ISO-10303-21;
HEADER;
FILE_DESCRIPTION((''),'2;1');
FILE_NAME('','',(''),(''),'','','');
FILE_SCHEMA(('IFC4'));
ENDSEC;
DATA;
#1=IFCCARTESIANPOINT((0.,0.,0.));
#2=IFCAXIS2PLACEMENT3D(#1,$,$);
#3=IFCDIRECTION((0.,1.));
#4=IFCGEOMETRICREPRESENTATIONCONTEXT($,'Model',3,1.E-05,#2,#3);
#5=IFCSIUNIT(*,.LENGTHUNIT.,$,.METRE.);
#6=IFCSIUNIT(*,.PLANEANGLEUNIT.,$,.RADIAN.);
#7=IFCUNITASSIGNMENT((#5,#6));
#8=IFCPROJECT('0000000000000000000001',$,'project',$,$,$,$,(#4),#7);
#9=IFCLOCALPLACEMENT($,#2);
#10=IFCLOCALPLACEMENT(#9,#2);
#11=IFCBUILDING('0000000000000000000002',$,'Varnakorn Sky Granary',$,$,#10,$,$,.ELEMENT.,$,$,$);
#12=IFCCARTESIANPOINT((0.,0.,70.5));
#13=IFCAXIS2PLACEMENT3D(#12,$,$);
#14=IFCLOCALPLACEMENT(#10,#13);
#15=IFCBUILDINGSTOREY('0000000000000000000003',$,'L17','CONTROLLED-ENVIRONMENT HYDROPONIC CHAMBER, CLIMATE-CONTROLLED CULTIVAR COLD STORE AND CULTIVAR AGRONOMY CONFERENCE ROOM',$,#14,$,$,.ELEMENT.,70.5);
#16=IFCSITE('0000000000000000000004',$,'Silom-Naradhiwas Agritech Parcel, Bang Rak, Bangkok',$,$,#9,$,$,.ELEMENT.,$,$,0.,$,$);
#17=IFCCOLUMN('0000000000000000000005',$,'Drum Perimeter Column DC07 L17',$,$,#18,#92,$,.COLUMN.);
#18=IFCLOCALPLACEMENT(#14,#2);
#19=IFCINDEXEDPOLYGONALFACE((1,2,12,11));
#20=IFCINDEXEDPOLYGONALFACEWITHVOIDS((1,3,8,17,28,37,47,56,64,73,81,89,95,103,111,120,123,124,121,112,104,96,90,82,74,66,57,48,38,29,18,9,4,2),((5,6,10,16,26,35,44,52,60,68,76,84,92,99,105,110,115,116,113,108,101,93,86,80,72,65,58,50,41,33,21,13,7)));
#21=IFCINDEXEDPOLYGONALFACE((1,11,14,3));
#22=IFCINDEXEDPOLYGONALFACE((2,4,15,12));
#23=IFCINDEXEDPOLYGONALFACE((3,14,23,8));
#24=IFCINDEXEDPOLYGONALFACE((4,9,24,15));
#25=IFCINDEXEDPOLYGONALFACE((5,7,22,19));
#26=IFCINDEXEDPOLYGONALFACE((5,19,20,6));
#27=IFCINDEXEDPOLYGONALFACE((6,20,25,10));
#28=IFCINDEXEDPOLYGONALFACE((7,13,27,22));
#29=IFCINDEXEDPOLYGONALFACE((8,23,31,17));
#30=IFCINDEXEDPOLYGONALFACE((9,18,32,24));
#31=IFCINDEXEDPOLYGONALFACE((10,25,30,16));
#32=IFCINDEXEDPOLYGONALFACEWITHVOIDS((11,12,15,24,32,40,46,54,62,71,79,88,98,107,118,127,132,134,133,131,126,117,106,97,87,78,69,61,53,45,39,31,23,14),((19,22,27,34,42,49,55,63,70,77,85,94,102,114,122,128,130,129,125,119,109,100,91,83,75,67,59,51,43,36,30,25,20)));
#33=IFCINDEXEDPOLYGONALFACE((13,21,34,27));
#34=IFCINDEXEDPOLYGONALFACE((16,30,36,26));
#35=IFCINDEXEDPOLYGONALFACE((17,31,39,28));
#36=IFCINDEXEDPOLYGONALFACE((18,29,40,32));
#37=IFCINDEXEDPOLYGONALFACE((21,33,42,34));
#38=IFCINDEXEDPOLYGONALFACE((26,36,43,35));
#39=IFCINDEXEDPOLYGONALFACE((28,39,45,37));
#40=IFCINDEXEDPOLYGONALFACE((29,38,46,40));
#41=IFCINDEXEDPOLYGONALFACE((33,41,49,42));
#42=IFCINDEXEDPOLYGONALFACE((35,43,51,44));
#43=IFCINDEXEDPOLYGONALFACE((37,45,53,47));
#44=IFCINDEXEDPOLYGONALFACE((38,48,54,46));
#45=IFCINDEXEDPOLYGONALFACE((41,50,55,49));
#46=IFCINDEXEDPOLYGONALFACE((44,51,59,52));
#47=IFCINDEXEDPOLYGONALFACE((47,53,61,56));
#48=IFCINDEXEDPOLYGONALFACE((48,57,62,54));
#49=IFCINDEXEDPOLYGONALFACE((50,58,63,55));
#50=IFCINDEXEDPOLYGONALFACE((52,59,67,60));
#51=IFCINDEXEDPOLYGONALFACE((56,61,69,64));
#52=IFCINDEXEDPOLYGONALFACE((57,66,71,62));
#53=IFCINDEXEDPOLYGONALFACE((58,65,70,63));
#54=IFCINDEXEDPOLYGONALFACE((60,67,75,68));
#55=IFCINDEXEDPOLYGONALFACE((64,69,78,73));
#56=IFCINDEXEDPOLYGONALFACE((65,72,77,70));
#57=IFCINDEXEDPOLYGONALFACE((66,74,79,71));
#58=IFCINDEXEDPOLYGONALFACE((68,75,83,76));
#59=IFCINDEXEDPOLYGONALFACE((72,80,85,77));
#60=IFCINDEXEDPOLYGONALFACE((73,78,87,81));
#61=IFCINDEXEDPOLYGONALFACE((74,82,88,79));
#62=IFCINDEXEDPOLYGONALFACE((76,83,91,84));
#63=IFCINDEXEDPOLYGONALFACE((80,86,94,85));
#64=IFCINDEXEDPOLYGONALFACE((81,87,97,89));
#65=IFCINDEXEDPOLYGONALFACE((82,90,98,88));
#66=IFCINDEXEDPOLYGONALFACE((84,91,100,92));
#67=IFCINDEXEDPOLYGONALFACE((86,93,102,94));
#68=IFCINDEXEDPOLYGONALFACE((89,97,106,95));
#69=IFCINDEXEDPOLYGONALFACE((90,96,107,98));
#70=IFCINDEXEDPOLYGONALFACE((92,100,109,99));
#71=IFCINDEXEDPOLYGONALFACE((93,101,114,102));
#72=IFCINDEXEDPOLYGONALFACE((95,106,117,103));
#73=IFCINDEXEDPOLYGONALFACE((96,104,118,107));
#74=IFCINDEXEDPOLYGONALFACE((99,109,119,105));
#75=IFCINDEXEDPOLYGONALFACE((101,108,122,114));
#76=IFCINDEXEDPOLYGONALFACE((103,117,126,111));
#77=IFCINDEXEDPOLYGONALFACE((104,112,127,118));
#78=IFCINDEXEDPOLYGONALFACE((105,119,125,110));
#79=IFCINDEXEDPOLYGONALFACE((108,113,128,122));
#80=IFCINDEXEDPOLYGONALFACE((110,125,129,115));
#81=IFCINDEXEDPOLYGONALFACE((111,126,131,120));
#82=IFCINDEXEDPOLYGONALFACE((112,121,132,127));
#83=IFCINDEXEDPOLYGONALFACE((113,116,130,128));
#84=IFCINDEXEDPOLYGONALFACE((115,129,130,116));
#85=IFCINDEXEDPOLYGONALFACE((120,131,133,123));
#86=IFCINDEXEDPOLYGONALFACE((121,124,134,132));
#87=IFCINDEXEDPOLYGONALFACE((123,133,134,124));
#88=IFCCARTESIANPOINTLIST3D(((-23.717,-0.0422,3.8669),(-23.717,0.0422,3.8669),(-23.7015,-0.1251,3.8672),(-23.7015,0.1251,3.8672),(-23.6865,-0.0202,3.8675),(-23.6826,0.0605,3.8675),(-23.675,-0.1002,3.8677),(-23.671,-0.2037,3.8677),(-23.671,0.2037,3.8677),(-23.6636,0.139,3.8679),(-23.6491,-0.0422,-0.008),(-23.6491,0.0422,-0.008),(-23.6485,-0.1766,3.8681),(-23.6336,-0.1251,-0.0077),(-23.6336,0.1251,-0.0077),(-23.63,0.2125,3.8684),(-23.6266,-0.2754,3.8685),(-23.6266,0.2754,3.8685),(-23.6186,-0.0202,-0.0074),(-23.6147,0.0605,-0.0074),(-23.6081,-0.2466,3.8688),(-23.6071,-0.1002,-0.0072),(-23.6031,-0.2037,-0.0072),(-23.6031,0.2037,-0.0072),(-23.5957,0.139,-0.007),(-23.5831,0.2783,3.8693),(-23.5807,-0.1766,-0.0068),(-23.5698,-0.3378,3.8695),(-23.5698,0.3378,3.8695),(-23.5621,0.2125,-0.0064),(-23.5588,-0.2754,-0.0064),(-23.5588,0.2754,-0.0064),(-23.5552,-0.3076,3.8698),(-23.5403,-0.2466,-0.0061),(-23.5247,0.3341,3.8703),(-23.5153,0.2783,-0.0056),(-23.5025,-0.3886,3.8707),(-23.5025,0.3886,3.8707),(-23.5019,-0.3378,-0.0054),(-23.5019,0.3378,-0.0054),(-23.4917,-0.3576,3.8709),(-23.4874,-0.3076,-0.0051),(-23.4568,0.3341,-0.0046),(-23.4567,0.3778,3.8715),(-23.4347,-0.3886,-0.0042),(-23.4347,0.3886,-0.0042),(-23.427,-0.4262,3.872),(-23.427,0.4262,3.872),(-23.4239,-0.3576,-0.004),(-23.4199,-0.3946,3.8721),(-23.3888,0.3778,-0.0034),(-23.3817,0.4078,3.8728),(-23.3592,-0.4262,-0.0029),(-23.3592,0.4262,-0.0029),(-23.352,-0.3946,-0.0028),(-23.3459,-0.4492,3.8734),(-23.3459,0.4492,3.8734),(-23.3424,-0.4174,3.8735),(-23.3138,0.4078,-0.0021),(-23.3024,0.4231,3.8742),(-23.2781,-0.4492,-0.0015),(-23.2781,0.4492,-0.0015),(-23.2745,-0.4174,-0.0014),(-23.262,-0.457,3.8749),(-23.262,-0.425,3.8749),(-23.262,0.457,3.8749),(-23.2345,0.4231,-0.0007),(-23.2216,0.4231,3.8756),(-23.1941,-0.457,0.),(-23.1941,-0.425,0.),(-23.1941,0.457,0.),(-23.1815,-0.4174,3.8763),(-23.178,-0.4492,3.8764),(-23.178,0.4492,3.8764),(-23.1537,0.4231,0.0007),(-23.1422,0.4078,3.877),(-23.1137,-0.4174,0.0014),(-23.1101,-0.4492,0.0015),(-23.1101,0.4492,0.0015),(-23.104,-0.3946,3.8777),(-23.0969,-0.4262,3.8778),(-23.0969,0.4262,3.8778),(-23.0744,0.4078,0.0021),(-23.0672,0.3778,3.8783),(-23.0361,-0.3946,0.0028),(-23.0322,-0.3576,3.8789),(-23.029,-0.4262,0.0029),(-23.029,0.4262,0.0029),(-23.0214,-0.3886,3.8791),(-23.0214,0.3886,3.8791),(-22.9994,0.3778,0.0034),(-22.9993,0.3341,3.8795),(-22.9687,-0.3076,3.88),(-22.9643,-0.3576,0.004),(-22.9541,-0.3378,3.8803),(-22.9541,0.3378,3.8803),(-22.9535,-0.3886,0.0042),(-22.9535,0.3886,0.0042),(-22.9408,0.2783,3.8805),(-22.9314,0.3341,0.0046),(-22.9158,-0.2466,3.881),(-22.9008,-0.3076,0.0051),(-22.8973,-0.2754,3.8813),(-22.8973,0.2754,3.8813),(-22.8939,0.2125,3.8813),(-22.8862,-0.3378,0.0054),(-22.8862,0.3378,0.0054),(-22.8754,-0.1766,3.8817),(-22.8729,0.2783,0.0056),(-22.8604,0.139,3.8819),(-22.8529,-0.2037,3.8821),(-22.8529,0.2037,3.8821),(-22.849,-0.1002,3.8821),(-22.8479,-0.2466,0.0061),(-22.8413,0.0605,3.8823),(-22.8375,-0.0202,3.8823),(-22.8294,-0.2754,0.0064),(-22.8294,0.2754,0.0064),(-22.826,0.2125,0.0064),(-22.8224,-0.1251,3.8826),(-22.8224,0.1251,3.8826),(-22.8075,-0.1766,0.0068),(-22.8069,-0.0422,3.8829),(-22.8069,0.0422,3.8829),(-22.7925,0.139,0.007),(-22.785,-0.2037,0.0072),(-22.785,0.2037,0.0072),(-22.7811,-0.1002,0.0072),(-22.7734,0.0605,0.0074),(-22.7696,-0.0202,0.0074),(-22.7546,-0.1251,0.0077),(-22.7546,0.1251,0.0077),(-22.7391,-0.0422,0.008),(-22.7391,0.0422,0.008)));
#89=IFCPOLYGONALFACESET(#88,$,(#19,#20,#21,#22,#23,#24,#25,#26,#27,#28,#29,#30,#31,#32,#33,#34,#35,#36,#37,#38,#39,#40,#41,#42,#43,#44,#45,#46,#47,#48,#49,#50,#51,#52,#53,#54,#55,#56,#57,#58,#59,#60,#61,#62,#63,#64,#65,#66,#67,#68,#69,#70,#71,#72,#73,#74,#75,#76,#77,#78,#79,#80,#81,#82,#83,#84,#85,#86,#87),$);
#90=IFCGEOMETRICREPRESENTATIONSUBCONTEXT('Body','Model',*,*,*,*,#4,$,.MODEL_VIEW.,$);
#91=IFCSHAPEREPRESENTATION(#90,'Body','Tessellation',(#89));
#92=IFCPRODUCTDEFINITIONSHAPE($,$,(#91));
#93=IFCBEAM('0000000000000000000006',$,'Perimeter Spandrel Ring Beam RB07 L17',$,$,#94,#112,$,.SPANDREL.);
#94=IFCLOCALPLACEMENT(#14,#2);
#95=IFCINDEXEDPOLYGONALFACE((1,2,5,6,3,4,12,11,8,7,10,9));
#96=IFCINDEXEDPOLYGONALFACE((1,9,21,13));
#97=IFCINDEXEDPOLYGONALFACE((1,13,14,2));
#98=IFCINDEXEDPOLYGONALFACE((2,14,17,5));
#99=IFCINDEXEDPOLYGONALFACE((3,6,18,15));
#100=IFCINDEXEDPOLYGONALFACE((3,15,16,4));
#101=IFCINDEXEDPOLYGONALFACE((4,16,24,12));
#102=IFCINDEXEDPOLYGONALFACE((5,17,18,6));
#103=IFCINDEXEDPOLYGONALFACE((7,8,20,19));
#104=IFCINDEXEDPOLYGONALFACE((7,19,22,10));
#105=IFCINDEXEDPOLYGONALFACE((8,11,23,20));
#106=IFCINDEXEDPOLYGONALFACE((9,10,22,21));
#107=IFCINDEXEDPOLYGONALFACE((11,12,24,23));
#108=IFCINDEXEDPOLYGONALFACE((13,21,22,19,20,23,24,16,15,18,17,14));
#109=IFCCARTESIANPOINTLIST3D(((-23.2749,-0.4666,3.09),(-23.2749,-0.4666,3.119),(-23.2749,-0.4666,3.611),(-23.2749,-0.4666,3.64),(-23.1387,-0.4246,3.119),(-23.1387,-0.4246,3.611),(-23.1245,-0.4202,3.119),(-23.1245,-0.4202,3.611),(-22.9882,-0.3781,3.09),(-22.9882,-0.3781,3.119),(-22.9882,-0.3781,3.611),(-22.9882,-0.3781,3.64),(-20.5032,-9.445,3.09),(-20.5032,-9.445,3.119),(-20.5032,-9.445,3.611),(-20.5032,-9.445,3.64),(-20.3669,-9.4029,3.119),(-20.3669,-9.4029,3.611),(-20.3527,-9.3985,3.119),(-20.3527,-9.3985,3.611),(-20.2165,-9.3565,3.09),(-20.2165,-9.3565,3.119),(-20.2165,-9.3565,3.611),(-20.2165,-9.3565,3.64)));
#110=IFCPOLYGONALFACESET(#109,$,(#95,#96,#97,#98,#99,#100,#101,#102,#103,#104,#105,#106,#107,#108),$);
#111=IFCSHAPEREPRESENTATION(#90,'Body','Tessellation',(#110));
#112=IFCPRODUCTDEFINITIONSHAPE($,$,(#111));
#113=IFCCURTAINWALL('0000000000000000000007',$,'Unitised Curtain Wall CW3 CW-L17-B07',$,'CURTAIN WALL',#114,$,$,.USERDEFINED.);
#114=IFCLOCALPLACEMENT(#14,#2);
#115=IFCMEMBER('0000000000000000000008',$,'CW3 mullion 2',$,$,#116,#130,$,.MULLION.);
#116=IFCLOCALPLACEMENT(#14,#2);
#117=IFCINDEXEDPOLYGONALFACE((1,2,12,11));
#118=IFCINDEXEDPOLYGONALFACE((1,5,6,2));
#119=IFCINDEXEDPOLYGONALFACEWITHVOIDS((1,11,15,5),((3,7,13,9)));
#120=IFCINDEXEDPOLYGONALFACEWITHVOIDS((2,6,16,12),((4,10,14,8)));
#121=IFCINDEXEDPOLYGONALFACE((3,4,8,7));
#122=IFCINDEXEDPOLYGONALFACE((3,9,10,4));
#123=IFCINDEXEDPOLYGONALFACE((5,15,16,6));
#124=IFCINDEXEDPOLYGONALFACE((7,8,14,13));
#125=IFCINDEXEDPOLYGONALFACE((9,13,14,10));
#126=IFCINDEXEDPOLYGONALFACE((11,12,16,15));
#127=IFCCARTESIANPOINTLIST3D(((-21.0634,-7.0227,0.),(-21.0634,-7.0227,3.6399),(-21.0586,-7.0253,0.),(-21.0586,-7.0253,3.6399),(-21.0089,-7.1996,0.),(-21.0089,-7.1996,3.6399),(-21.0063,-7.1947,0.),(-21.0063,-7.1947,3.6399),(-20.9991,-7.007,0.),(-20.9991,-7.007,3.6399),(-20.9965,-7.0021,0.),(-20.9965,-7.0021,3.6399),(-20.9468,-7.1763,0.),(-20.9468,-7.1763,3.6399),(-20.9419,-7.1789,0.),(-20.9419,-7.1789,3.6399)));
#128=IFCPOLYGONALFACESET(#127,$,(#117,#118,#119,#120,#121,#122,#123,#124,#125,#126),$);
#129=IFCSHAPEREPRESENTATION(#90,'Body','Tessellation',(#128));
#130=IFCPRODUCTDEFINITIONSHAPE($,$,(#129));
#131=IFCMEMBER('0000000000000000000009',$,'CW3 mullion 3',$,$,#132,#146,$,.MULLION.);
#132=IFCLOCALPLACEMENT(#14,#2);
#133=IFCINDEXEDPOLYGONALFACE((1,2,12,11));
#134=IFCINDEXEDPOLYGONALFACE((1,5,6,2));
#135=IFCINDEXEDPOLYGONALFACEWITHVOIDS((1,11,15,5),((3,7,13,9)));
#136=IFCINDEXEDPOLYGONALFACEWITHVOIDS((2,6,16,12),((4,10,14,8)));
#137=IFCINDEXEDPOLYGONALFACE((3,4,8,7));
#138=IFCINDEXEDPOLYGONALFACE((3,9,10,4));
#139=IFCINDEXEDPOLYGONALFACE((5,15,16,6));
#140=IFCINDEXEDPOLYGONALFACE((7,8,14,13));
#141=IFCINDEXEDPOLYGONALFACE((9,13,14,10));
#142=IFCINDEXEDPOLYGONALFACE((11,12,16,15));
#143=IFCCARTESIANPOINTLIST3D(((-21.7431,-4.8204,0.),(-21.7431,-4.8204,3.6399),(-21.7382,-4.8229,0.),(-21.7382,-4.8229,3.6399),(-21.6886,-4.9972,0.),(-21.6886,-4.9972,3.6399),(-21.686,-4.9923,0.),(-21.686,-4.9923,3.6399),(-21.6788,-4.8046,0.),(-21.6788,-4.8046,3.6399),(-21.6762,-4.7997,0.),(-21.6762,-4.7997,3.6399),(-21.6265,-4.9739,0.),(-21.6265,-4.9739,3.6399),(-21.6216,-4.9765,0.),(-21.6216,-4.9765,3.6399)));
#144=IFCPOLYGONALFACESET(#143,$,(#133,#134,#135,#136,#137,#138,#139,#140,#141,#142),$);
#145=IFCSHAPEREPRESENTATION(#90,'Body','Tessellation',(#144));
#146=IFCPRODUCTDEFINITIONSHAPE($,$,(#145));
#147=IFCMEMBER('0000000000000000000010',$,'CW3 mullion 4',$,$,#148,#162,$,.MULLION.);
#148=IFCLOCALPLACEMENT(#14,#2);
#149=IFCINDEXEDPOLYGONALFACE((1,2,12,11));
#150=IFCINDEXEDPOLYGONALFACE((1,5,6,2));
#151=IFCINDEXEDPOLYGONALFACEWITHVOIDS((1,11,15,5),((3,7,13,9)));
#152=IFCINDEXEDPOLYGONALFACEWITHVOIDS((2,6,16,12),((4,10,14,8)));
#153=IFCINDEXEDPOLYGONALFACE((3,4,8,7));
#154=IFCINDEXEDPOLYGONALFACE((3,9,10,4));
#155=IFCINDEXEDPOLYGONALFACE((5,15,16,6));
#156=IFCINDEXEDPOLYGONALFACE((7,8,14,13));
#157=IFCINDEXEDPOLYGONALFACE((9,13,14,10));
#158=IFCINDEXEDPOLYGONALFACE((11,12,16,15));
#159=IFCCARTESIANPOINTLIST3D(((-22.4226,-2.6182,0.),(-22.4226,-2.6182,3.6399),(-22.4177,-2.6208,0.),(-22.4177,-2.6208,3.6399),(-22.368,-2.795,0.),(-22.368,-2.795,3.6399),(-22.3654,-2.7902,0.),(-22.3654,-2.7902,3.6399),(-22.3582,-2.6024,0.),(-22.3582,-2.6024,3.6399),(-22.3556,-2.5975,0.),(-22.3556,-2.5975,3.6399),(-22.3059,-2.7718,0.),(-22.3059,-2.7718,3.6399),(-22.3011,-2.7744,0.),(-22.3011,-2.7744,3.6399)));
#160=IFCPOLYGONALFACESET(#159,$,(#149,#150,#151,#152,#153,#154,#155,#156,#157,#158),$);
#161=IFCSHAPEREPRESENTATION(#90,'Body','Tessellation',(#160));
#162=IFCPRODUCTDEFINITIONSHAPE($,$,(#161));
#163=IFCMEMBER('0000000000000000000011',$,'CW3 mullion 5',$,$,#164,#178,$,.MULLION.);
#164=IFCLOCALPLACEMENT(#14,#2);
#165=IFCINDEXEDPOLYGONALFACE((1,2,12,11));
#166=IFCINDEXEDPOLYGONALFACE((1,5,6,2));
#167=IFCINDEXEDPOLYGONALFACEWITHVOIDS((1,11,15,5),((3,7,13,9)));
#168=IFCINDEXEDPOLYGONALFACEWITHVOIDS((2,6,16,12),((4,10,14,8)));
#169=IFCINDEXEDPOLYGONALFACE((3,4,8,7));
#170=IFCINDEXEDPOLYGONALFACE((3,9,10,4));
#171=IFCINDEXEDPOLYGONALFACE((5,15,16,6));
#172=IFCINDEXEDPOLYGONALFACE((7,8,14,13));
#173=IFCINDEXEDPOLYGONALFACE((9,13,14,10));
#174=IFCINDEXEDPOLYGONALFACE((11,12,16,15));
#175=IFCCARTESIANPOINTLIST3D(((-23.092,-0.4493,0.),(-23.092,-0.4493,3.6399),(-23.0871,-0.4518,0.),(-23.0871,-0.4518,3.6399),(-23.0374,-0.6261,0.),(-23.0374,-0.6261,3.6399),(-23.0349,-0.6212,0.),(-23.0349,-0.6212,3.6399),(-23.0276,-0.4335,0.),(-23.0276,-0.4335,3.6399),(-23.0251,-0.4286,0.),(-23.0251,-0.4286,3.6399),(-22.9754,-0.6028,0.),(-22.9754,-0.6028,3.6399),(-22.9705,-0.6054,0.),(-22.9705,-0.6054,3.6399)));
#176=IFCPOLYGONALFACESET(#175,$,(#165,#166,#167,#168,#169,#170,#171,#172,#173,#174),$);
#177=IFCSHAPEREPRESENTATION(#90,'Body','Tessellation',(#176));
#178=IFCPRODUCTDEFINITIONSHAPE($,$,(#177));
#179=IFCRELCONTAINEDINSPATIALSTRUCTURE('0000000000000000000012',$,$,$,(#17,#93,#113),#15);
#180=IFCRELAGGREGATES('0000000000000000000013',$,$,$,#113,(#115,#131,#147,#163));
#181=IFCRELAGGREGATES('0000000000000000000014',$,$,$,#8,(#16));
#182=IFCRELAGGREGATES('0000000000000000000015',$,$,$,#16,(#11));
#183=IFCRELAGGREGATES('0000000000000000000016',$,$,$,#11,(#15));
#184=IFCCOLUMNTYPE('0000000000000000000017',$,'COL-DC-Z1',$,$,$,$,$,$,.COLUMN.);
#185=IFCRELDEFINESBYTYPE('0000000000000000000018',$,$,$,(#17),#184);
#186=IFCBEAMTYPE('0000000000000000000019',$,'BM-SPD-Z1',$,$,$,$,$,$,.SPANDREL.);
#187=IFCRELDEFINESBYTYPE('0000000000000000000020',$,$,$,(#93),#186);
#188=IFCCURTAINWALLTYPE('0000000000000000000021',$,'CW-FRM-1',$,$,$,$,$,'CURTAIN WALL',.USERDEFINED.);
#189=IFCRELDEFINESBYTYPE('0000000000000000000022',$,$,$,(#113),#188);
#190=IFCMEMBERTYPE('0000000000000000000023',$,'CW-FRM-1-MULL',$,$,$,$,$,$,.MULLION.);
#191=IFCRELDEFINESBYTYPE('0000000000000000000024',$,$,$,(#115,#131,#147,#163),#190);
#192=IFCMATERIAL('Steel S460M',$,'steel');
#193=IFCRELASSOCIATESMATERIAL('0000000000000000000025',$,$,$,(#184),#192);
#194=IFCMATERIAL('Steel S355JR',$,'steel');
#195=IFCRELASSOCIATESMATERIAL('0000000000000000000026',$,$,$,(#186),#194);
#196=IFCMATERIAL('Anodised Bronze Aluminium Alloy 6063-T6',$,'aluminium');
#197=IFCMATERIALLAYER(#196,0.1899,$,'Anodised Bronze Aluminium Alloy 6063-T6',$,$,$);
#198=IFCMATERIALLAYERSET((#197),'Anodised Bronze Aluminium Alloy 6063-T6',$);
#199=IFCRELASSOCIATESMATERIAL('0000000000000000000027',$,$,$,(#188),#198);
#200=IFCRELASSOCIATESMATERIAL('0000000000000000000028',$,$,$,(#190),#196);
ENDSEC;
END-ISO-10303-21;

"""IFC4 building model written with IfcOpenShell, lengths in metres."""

from ifc_helpers import new_model, si_unit, direction, frame, origin, origin_2d, place, context, subcontext, project, spatial, hollow_rectangle, hollow_circle, i_section, extrude, material, layer, layer_set, material_profile, profile_set, type_object, element, aggregate, save


model = new_model("IFC4")

# Units and contexts
model_context = context("Model", 3, precision=1e-05, world=origin(), true_north=direction((0.0, 1.0)))
body_context = subcontext(model_context, "Body", "Model", "MODEL_VIEW")
ifc_project = project(units=[si_unit("LENGTHUNIT", "METRE"), si_unit("PLANEANGLEUNIT", "RADIAN")], contexts=[model_context])

# Site, building, storey
site_placement = place(None, origin())
site = spatial("IfcSite", under=ifc_project, at=site_placement, Name="Silom-Naradhiwas Agritech Parcel, Bang Rak, Bangkok", CompositionType="ELEMENT", RefElevation=0.0)
building_placement = place(site_placement, origin())
building = spatial("IfcBuilding", under=site, at=building_placement, Name="Varnakorn Sky Granary", CompositionType="ELEMENT")
storey_placement = place(building_placement, frame((0.0, 0.0, 70.5)))
storey = spatial("IfcBuildingStorey", under=building, at=storey_placement, Name="L17", Description="CONTROLLED-ENVIRONMENT HYDROPONIC CHAMBER, CLIMATE-CONTROLLED CULTIVAR COLD STORE AND CULTIVAR AGRONOMY CONFERENCE ROOM", CompositionType="ELEMENT", Elevation=70.5)

# Column
ifc_material_1 = material(Name="Steel S460M", Category="steel")
ifc_material_profile_1 = material_profile(ifc_material_1, hollow_circle(Radius=0.457, WallThickness=0.032, at=origin_2d()), Name="CHS 914x32")
ifc_profile_set_1 = profile_set([ifc_material_profile_1], Name="Steel S460M")
column_type = type_object("IfcColumnType", Name="COL-DC-Z1", PredefinedType="COLUMN", material=ifc_profile_set_1)
column_placement = place(storey_placement, frame((-23.1941, 0.0, 0.0), z_axis=(-0.017512, 0.0, 0.999847), x_axis=(0.0, -1.0, 0.0)))
element("IfcColumn", 1, at=column_placement, inside=storey, type_object=column_type, Name="Drum Perimeter Column DC07 L17", PredefinedType="COLUMN", context=body_context, shape_type="SweptSolid", body=[
    extrude(hollow_circle(Radius=0.457, WallThickness=0.032, at=origin_2d()), origin(), (0.0, 0.0, 1.0), 3.8755),
])

# Beam
ifc_material_2 = material(Name="Steel S355JR", Category="steel")
ifc_material_profile_2 = material_profile(ifc_material_2, i_section(OverallWidth=0.3, OverallDepth=0.55, WebThickness=0.0149, FlangeThickness=0.0291, at=origin_2d()), Name="HE 550 B")
ifc_profile_set_2 = profile_set([ifc_material_profile_2], Name="Steel S355JR")
beam_type = type_object("IfcBeamType", Name="BM-SPD-Z1", PredefinedType="SPANDREL", material=ifc_profile_set_2)
beam_placement = place(storey_placement, frame((-23.1316, -0.4224, 3.365), z_axis=(0.294979, -0.955504, 0.0), x_axis=(0.955504, 0.294979, 0.0)))
element("IfcBeam", 2, at=beam_placement, inside=storey, type_object=beam_type, Name="Perimeter Spandrel Ring Beam RB07 L17", PredefinedType="SPANDREL", context=body_context, shape_type="SweptSolid", body=[
    extrude(i_section(OverallWidth=0.3, OverallDepth=0.55, WebThickness=0.0149, FlangeThickness=0.0291, at=origin_2d()), origin(), (0.0, 0.0, 1.0), 9.3965),
])

# Curtain wall, members
ifc_material_3 = material(Name="Anodised Bronze Aluminium Alloy 6063-T6", Category="aluminium")
ifc_layer_1 = layer(ifc_material_3, 0.1899, Name="Anodised Bronze Aluminium Alloy 6063-T6")
ifc_layer_set_1 = layer_set([ifc_layer_1], Name="Anodised Bronze Aluminium Alloy 6063-T6")
curtain_wall_type = type_object("IfcCurtainWallType", Name="CW-FRM-1", ElementType="CURTAIN WALL", PredefinedType="USERDEFINED", material=ifc_layer_set_1)
curtain_wall_placement = place(storey_placement, origin())
curtain_wall = element("IfcCurtainWall", 3, at=curtain_wall_placement, inside=storey, type_object=curtain_wall_type, Name="Unitised Curtain Wall CW3 CW-L17-B07", ObjectType="CURTAIN WALL", PredefinedType="USERDEFINED")
ifc_material_profile_3 = material_profile(ifc_material_3, hollow_rectangle(XDim=0.0701, YDim=0.1851, WallThickness=0.0039, at=origin_2d()), Name="ALU MULL 70x185")
ifc_profile_set_3 = profile_set([ifc_material_profile_3], Name="Anodised Bronze Aluminium Alloy 6063-T6")
member_type_1 = type_object("IfcMemberType", Name="CW-FRM-1-MULL", PredefinedType="MULLION", material=ifc_profile_set_3)
member_1_placement = place(storey_placement, frame((-21.0027, -7.1008, 0.0), z_axis=(0.0, 0.0, 1.0), x_axis=(-0.955537, -0.294872, 0.0)))
member_1 = element("IfcMember", 4, at=member_1_placement, type_object=member_type_1, Name="CW3 mullion 2", PredefinedType="MULLION", context=body_context, shape_type="SweptSolid", body=[
    extrude(hollow_rectangle(XDim=0.0701, YDim=0.1851, WallThickness=0.0039, at=origin_2d()), origin(), (0.0, 0.0, 1.0), 3.6399),
])
member_2_placement = place(storey_placement, frame((-21.6824, -4.8984, 0.0), z_axis=(0.0, 0.0, 1.0), x_axis=(-0.955537, -0.294872, 0.0)))
member_2 = element("IfcMember", 5, at=member_2_placement, type_object=member_type_1, Name="CW3 mullion 3", PredefinedType="MULLION", context=body_context, shape_type="SweptSolid", body=[
    extrude(hollow_rectangle(XDim=0.0701, YDim=0.1851, WallThickness=0.0039, at=origin_2d()), origin(), (0.0, 0.0, 1.0), 3.6399),
])
member_3_placement = place(storey_placement, frame((-22.3618, -2.6963, 0.0), z_axis=(0.0, 0.0, 1.0), x_axis=(-0.955537, -0.294872, 0.0)))
member_3 = element("IfcMember", 6, at=member_3_placement, type_object=member_type_1, Name="CW3 mullion 4", PredefinedType="MULLION", context=body_context, shape_type="SweptSolid", body=[
    extrude(hollow_rectangle(XDim=0.0701, YDim=0.1851, WallThickness=0.0039, at=origin_2d()), origin(), (0.0, 0.0, 1.0), 3.6399),
])
member_4_placement = place(storey_placement, frame((-23.0312, -0.5273, 0.0), z_axis=(0.0, 0.0, 1.0), x_axis=(-0.955537, -0.294872, 0.0)))
member_4 = element("IfcMember", 7, at=member_4_placement, type_object=member_type_1, Name="CW3 mullion 5", PredefinedType="MULLION", context=body_context, shape_type="SweptSolid", body=[
    extrude(hollow_rectangle(XDim=0.0701, YDim=0.1851, WallThickness=0.0039, at=origin_2d()), origin(), (0.0, 0.0, 1.0), 3.6399),
])

aggregate(curtain_wall, [member_1, member_2, member_3, member_4])

save(model, "model.ifc")
